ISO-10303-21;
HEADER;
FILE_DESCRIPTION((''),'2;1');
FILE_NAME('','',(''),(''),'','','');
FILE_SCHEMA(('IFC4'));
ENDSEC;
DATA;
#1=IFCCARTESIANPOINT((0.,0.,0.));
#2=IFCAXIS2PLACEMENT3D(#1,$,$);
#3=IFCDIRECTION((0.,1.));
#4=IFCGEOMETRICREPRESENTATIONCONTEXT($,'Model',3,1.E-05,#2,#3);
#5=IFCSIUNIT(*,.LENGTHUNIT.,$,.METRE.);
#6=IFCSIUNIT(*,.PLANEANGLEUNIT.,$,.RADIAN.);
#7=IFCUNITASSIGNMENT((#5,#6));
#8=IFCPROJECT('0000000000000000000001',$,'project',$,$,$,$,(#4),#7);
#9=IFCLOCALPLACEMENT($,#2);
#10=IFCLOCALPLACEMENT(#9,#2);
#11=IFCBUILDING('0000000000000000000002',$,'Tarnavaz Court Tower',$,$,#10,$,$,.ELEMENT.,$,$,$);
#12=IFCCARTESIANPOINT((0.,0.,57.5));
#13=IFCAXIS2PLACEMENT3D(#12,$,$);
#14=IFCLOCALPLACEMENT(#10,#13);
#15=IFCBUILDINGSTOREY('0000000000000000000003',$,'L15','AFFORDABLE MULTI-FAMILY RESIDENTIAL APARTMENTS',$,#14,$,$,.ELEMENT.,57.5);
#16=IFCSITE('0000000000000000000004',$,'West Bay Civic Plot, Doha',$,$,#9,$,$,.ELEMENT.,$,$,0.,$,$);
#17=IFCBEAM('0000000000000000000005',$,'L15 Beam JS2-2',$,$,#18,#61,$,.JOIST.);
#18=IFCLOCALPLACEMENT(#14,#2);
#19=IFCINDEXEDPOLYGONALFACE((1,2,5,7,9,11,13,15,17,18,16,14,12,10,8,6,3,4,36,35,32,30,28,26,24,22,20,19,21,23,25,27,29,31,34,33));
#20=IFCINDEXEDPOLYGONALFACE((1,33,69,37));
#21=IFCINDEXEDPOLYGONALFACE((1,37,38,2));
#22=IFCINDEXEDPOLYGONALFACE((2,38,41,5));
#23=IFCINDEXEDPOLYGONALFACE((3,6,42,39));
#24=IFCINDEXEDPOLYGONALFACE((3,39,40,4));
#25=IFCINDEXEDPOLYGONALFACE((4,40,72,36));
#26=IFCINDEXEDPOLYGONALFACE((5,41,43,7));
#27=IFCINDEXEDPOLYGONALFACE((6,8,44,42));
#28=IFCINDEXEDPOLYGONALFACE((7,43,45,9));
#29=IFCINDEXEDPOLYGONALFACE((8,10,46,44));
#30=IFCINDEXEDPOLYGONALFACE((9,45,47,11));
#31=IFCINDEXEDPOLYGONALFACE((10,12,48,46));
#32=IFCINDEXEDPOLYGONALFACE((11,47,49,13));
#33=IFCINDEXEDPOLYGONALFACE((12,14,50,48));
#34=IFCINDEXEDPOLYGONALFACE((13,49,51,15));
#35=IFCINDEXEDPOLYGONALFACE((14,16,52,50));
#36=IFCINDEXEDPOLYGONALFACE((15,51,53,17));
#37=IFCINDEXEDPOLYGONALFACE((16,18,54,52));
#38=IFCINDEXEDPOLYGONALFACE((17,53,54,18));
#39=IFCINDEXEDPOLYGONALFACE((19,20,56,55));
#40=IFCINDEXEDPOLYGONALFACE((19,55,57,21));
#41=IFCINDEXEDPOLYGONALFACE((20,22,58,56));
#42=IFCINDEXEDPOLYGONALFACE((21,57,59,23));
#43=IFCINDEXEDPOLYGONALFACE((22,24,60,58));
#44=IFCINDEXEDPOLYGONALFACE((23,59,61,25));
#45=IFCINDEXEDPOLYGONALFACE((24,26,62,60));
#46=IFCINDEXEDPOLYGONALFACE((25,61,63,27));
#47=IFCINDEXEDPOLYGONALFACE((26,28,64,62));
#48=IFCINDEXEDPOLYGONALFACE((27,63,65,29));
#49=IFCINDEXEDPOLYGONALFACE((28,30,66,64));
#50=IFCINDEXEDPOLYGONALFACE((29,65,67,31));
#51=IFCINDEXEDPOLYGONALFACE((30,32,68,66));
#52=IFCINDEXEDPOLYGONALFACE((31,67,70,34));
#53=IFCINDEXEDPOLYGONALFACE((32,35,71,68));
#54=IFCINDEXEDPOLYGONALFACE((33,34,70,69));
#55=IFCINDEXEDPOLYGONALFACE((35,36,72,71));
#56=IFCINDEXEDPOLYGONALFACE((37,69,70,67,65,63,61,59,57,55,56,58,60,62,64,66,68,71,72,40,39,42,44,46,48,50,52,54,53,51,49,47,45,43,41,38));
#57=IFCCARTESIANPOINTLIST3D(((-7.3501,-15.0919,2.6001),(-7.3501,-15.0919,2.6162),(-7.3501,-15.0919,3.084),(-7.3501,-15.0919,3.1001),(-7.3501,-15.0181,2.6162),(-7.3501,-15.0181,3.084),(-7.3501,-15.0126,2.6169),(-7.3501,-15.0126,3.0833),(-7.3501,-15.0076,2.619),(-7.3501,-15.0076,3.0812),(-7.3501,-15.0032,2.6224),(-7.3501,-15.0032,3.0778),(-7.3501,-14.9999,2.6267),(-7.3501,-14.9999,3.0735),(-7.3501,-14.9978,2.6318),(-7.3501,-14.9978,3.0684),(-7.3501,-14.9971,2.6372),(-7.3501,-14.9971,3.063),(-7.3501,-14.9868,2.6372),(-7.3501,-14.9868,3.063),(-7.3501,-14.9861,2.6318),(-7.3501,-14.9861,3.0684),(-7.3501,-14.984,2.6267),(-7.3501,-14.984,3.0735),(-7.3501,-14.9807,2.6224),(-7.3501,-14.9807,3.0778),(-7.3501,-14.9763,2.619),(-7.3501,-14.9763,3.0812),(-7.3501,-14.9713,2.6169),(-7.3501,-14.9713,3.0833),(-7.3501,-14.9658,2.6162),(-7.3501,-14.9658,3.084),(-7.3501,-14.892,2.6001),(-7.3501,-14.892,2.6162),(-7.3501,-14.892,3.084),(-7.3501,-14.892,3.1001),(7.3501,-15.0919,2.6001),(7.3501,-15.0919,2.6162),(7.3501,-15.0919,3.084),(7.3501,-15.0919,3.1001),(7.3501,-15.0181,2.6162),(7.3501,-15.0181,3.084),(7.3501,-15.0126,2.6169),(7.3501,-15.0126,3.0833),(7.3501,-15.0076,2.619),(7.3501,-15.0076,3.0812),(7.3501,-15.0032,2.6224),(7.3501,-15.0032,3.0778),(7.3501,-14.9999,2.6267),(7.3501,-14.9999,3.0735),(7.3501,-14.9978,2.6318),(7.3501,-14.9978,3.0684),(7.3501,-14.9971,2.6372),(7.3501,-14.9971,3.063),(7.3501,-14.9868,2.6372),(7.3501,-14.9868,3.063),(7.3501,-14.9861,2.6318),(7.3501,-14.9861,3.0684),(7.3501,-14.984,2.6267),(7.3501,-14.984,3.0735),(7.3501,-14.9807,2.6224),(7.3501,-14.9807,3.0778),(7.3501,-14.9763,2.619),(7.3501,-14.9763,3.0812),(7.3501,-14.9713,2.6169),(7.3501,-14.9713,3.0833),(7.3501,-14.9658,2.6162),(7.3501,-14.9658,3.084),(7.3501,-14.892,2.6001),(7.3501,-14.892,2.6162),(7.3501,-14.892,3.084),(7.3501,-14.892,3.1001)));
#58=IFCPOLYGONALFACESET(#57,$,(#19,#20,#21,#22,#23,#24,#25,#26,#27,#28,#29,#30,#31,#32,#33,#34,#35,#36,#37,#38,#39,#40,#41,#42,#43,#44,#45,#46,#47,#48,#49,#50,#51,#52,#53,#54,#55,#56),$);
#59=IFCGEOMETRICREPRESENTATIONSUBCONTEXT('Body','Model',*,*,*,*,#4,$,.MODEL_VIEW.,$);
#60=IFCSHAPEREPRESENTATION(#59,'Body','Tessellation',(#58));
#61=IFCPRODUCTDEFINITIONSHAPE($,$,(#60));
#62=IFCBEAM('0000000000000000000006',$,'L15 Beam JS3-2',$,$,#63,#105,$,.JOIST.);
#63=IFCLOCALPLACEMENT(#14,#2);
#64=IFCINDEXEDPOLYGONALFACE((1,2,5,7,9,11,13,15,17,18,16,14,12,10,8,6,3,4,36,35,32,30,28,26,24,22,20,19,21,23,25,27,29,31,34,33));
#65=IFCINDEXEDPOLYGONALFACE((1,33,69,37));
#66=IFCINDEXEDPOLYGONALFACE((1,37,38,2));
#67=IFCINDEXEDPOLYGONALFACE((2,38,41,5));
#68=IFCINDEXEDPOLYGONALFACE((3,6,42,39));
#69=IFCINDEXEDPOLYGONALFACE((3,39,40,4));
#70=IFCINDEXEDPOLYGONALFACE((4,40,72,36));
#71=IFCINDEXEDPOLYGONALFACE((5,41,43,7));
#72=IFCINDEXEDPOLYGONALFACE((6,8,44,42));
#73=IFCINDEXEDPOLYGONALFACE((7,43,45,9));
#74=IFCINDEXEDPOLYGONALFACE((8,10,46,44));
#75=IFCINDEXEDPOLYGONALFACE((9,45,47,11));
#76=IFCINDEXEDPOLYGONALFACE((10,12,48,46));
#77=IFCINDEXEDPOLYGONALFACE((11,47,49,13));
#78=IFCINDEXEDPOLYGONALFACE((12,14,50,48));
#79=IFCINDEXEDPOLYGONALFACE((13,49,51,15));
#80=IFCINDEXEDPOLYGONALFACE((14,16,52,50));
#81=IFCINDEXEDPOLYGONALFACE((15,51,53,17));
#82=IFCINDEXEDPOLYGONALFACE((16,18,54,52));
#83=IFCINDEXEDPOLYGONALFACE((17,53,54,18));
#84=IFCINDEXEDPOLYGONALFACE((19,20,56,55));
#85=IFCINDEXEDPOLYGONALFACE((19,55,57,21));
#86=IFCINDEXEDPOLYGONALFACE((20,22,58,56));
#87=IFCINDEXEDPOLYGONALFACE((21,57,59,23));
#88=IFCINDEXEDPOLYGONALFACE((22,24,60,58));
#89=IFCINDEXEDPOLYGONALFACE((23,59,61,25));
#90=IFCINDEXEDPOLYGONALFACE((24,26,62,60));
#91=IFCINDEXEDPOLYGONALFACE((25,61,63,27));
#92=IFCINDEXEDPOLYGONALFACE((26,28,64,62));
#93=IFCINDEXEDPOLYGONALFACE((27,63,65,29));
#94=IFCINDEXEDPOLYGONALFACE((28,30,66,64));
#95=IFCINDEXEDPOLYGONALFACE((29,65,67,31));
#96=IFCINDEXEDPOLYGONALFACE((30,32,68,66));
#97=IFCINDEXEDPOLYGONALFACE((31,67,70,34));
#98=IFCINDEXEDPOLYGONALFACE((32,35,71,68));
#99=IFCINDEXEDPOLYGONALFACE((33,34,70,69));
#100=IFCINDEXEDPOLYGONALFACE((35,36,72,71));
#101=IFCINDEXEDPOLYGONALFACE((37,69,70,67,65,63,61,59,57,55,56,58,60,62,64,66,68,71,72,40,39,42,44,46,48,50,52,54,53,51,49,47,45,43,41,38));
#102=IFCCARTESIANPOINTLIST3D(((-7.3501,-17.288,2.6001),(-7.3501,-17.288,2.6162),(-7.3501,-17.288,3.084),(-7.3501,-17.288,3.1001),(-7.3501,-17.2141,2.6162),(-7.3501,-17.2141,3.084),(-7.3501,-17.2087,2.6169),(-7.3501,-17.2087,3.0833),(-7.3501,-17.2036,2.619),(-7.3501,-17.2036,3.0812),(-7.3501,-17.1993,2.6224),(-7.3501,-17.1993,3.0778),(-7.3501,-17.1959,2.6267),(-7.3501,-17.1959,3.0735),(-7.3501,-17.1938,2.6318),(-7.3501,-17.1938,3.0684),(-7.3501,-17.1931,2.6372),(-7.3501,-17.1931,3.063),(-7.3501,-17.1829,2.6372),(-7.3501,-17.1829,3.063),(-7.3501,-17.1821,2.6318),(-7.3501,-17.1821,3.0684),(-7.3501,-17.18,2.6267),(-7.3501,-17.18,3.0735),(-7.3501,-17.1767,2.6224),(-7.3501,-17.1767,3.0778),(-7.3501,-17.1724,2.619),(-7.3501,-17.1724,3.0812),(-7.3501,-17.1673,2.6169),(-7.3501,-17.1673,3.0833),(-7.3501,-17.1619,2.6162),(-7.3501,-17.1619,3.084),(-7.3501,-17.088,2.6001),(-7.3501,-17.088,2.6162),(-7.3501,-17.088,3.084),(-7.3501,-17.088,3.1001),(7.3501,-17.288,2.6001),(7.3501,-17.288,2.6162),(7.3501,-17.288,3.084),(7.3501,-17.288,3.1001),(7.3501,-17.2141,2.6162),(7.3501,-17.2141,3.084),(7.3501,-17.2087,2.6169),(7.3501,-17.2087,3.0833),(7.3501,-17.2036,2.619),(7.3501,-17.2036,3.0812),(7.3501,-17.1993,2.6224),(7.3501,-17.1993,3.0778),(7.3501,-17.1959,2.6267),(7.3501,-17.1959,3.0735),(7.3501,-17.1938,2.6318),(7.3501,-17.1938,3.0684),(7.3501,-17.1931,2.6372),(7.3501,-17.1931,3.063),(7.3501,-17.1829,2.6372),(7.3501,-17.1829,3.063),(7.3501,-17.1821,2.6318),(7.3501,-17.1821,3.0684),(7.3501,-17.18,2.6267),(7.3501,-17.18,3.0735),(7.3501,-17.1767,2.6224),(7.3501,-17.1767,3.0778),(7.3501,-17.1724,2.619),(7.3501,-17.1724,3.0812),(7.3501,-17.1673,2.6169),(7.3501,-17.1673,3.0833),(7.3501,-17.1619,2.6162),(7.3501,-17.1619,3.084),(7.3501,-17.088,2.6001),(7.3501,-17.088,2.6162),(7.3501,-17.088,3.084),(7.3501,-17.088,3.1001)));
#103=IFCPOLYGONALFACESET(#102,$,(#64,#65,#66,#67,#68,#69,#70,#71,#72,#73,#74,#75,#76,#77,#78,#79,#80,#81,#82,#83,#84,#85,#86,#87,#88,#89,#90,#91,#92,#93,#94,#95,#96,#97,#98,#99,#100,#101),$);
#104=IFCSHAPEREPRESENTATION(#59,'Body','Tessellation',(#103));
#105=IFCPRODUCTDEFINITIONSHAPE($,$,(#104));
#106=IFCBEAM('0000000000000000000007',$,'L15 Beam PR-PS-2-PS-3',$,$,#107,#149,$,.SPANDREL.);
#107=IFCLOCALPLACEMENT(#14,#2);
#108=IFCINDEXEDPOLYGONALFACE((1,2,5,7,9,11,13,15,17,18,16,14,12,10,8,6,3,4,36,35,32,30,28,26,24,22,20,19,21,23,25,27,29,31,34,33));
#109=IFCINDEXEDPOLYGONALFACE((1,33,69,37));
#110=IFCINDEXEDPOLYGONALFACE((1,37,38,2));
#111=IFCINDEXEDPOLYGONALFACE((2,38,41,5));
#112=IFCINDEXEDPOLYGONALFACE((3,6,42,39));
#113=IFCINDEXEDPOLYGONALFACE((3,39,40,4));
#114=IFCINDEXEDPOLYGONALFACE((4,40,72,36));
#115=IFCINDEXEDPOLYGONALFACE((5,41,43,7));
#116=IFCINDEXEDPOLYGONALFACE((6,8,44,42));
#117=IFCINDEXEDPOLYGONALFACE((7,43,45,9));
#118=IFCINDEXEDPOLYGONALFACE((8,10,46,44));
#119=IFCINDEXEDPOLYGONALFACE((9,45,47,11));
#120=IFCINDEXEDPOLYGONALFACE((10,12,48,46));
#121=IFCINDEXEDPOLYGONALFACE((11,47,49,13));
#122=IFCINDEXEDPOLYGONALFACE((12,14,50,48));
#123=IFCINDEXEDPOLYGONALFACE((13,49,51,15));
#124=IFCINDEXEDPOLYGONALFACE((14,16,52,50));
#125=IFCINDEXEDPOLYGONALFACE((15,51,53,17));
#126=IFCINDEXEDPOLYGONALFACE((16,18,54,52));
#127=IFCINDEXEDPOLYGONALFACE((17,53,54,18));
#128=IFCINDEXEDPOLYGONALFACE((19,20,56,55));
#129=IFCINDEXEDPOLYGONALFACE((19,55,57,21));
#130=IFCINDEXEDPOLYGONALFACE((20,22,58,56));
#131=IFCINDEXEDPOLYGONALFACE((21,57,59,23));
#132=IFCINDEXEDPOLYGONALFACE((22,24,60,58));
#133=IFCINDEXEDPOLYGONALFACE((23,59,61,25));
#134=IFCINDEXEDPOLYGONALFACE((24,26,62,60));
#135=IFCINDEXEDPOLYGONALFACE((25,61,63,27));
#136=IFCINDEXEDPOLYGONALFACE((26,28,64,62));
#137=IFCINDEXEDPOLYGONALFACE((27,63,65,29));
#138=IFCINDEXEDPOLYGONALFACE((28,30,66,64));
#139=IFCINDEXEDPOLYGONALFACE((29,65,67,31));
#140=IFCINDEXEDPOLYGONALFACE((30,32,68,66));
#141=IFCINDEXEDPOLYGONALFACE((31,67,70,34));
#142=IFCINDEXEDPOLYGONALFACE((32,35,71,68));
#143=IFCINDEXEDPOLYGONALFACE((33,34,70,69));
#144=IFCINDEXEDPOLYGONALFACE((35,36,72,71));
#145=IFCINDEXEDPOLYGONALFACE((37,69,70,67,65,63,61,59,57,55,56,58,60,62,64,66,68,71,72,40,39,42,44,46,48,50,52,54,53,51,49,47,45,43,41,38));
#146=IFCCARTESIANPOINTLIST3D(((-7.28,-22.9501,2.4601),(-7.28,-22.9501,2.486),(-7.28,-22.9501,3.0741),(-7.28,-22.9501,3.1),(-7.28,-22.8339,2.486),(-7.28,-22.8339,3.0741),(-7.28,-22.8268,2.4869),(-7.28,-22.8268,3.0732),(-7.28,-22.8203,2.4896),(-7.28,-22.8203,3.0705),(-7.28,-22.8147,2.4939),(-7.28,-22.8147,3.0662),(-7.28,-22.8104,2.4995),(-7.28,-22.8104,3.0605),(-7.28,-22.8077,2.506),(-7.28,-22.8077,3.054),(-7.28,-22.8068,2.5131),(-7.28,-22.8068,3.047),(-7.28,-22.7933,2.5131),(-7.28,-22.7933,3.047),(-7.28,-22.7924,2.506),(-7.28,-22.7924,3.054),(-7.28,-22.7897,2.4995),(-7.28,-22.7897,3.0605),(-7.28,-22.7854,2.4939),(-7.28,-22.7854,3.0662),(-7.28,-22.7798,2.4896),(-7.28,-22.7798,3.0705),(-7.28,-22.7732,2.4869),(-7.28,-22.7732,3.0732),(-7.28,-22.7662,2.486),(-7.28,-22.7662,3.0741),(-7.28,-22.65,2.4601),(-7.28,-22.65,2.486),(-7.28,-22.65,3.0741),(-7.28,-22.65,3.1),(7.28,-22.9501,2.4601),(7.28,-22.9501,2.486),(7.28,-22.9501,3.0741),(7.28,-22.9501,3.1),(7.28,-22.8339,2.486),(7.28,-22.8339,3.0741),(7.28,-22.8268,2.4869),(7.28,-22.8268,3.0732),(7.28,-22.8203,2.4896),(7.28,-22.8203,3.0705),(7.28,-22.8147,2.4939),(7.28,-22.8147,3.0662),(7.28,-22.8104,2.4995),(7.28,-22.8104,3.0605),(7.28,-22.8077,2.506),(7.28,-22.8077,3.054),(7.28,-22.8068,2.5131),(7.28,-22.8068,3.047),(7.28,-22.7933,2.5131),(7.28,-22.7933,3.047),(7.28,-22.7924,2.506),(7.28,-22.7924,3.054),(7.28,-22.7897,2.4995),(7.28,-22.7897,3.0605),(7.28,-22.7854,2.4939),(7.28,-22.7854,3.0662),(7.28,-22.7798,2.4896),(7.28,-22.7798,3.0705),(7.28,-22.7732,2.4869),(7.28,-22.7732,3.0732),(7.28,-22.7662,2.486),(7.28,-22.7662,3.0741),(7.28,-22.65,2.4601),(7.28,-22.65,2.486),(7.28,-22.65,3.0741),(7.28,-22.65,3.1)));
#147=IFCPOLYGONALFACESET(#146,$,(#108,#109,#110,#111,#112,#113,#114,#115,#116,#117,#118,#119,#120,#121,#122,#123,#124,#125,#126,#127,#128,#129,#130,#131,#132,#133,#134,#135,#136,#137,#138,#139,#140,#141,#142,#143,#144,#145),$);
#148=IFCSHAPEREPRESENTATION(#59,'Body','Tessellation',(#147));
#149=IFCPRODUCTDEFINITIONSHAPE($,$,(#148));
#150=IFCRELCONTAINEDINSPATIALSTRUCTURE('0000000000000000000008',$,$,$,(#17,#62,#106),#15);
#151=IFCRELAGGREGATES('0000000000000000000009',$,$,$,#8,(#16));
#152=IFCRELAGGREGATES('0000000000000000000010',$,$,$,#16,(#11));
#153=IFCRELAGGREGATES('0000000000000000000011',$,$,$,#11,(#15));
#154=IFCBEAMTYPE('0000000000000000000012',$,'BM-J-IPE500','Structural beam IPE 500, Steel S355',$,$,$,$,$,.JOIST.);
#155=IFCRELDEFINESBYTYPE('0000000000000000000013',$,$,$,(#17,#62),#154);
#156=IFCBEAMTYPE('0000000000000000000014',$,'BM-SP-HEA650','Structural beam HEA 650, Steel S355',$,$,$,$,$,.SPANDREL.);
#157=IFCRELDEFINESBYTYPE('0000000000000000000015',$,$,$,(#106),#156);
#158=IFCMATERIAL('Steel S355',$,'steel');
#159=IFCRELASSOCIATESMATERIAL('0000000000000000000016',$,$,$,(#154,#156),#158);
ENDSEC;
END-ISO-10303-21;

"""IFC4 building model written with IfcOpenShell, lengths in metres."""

from ifc_helpers import new_model, si_unit, direction, frame, origin, origin_2d, place, context, subcontext, project, spatial, i_section, extrude, material, material_profile, profile_set, type_object, element, save


model = new_model("IFC4")

# Units and contexts
model_context = context("Model", 3, precision=1e-05, world=origin(), true_north=direction((0.0, 1.0)))
body_context = subcontext(model_context, "Body", "Model", "MODEL_VIEW")
ifc_project = project(units=[si_unit("LENGTHUNIT", "METRE"), si_unit("PLANEANGLEUNIT", "RADIAN")], contexts=[model_context])

# Site, building, storey
site_placement = place(None, origin())
site = spatial("IfcSite", under=ifc_project, at=site_placement, Name="West Bay Civic Plot, Doha", CompositionType="ELEMENT", RefElevation=0.0)
building_placement = place(site_placement, origin())
building = spatial("IfcBuilding", under=site, at=building_placement, Name="Tarnavaz Court Tower", CompositionType="ELEMENT")
storey_placement = place(building_placement, frame((0.0, 0.0, 57.5)))
storey = spatial("IfcBuildingStorey", under=building, at=storey_placement, Name="L15", Description="AFFORDABLE MULTI-FAMILY RESIDENTIAL APARTMENTS", CompositionType="ELEMENT", Elevation=57.5)

# Beams
ifc_material_1 = material(Name="Steel S355", Category="steel")
ifc_material_profile_1 = material_profile(ifc_material_1, i_section(OverallWidth=0.2, OverallDepth=0.5, WebThickness=0.0103, FlangeThickness=0.0161, FilletRadius=0.021, at=origin_2d()), Name="IPE 500")
ifc_profile_set_1 = profile_set([ifc_material_profile_1], Name="Steel S355")
beam_type_1 = type_object("IfcBeamType", Name="BM-J-IPE500", Description="Structural beam IPE 500, Steel S355", PredefinedType="JOIST", material=ifc_profile_set_1)
for number, where, z_axis, x_axis, name in (
    (1, (-7.3501, -14.9919, 2.8501), (1.0, 0.0, 0.0), (0.0, 1.0, 0.0), "L15 Beam JS2-2"),
    (2, (-7.3501, -17.188, 2.8501), (1.0, 0.0, 0.0), (0.0, 1.0, 0.0), "L15 Beam JS3-2"),
):
    element("IfcBeam", number, at=place(storey_placement, frame(where, z_axis=z_axis, x_axis=x_axis)), inside=storey, type_object=beam_type_1, Name=name, PredefinedType="JOIST", context=body_context, shape_type="SweptSolid", body=[
        extrude(i_section(OverallWidth=0.2, OverallDepth=0.5, WebThickness=0.0103, FlangeThickness=0.0161, FilletRadius=0.021, at=origin_2d()), origin(), (0.0, 0.0, 1.0), 14.7002),
    ])
ifc_material_profile_2 = material_profile(ifc_material_1, i_section(OverallWidth=0.3, OverallDepth=0.6399, WebThickness=0.0134, FlangeThickness=0.0259, FilletRadius=0.0271, at=origin_2d()), Name="HEA 650")
ifc_profile_set_2 = profile_set([ifc_material_profile_2], Name="Steel S355")
beam_type_2 = type_object("IfcBeamType", Name="BM-SP-HEA650", Description="Structural beam HEA 650, Steel S355", PredefinedType="SPANDREL", material=ifc_profile_set_2)
beam_placement = place(storey_placement, frame((-7.28, -22.8, 2.78), z_axis=(1.0, 0.0, 0.0), x_axis=(0.0, 1.0, 0.0)))
element("IfcBeam", 3, at=beam_placement, inside=storey, type_object=beam_type_2, Name="L15 Beam PR-PS-2-PS-3", PredefinedType="SPANDREL", context=body_context, shape_type="SweptSolid", body=[
    extrude(i_section(OverallWidth=0.3, OverallDepth=0.6399, WebThickness=0.0134, FlangeThickness=0.0259, FilletRadius=0.0271, at=origin_2d()), origin(), (0.0, 0.0, 1.0), 14.5601),
])

save(model, "model.ifc")
